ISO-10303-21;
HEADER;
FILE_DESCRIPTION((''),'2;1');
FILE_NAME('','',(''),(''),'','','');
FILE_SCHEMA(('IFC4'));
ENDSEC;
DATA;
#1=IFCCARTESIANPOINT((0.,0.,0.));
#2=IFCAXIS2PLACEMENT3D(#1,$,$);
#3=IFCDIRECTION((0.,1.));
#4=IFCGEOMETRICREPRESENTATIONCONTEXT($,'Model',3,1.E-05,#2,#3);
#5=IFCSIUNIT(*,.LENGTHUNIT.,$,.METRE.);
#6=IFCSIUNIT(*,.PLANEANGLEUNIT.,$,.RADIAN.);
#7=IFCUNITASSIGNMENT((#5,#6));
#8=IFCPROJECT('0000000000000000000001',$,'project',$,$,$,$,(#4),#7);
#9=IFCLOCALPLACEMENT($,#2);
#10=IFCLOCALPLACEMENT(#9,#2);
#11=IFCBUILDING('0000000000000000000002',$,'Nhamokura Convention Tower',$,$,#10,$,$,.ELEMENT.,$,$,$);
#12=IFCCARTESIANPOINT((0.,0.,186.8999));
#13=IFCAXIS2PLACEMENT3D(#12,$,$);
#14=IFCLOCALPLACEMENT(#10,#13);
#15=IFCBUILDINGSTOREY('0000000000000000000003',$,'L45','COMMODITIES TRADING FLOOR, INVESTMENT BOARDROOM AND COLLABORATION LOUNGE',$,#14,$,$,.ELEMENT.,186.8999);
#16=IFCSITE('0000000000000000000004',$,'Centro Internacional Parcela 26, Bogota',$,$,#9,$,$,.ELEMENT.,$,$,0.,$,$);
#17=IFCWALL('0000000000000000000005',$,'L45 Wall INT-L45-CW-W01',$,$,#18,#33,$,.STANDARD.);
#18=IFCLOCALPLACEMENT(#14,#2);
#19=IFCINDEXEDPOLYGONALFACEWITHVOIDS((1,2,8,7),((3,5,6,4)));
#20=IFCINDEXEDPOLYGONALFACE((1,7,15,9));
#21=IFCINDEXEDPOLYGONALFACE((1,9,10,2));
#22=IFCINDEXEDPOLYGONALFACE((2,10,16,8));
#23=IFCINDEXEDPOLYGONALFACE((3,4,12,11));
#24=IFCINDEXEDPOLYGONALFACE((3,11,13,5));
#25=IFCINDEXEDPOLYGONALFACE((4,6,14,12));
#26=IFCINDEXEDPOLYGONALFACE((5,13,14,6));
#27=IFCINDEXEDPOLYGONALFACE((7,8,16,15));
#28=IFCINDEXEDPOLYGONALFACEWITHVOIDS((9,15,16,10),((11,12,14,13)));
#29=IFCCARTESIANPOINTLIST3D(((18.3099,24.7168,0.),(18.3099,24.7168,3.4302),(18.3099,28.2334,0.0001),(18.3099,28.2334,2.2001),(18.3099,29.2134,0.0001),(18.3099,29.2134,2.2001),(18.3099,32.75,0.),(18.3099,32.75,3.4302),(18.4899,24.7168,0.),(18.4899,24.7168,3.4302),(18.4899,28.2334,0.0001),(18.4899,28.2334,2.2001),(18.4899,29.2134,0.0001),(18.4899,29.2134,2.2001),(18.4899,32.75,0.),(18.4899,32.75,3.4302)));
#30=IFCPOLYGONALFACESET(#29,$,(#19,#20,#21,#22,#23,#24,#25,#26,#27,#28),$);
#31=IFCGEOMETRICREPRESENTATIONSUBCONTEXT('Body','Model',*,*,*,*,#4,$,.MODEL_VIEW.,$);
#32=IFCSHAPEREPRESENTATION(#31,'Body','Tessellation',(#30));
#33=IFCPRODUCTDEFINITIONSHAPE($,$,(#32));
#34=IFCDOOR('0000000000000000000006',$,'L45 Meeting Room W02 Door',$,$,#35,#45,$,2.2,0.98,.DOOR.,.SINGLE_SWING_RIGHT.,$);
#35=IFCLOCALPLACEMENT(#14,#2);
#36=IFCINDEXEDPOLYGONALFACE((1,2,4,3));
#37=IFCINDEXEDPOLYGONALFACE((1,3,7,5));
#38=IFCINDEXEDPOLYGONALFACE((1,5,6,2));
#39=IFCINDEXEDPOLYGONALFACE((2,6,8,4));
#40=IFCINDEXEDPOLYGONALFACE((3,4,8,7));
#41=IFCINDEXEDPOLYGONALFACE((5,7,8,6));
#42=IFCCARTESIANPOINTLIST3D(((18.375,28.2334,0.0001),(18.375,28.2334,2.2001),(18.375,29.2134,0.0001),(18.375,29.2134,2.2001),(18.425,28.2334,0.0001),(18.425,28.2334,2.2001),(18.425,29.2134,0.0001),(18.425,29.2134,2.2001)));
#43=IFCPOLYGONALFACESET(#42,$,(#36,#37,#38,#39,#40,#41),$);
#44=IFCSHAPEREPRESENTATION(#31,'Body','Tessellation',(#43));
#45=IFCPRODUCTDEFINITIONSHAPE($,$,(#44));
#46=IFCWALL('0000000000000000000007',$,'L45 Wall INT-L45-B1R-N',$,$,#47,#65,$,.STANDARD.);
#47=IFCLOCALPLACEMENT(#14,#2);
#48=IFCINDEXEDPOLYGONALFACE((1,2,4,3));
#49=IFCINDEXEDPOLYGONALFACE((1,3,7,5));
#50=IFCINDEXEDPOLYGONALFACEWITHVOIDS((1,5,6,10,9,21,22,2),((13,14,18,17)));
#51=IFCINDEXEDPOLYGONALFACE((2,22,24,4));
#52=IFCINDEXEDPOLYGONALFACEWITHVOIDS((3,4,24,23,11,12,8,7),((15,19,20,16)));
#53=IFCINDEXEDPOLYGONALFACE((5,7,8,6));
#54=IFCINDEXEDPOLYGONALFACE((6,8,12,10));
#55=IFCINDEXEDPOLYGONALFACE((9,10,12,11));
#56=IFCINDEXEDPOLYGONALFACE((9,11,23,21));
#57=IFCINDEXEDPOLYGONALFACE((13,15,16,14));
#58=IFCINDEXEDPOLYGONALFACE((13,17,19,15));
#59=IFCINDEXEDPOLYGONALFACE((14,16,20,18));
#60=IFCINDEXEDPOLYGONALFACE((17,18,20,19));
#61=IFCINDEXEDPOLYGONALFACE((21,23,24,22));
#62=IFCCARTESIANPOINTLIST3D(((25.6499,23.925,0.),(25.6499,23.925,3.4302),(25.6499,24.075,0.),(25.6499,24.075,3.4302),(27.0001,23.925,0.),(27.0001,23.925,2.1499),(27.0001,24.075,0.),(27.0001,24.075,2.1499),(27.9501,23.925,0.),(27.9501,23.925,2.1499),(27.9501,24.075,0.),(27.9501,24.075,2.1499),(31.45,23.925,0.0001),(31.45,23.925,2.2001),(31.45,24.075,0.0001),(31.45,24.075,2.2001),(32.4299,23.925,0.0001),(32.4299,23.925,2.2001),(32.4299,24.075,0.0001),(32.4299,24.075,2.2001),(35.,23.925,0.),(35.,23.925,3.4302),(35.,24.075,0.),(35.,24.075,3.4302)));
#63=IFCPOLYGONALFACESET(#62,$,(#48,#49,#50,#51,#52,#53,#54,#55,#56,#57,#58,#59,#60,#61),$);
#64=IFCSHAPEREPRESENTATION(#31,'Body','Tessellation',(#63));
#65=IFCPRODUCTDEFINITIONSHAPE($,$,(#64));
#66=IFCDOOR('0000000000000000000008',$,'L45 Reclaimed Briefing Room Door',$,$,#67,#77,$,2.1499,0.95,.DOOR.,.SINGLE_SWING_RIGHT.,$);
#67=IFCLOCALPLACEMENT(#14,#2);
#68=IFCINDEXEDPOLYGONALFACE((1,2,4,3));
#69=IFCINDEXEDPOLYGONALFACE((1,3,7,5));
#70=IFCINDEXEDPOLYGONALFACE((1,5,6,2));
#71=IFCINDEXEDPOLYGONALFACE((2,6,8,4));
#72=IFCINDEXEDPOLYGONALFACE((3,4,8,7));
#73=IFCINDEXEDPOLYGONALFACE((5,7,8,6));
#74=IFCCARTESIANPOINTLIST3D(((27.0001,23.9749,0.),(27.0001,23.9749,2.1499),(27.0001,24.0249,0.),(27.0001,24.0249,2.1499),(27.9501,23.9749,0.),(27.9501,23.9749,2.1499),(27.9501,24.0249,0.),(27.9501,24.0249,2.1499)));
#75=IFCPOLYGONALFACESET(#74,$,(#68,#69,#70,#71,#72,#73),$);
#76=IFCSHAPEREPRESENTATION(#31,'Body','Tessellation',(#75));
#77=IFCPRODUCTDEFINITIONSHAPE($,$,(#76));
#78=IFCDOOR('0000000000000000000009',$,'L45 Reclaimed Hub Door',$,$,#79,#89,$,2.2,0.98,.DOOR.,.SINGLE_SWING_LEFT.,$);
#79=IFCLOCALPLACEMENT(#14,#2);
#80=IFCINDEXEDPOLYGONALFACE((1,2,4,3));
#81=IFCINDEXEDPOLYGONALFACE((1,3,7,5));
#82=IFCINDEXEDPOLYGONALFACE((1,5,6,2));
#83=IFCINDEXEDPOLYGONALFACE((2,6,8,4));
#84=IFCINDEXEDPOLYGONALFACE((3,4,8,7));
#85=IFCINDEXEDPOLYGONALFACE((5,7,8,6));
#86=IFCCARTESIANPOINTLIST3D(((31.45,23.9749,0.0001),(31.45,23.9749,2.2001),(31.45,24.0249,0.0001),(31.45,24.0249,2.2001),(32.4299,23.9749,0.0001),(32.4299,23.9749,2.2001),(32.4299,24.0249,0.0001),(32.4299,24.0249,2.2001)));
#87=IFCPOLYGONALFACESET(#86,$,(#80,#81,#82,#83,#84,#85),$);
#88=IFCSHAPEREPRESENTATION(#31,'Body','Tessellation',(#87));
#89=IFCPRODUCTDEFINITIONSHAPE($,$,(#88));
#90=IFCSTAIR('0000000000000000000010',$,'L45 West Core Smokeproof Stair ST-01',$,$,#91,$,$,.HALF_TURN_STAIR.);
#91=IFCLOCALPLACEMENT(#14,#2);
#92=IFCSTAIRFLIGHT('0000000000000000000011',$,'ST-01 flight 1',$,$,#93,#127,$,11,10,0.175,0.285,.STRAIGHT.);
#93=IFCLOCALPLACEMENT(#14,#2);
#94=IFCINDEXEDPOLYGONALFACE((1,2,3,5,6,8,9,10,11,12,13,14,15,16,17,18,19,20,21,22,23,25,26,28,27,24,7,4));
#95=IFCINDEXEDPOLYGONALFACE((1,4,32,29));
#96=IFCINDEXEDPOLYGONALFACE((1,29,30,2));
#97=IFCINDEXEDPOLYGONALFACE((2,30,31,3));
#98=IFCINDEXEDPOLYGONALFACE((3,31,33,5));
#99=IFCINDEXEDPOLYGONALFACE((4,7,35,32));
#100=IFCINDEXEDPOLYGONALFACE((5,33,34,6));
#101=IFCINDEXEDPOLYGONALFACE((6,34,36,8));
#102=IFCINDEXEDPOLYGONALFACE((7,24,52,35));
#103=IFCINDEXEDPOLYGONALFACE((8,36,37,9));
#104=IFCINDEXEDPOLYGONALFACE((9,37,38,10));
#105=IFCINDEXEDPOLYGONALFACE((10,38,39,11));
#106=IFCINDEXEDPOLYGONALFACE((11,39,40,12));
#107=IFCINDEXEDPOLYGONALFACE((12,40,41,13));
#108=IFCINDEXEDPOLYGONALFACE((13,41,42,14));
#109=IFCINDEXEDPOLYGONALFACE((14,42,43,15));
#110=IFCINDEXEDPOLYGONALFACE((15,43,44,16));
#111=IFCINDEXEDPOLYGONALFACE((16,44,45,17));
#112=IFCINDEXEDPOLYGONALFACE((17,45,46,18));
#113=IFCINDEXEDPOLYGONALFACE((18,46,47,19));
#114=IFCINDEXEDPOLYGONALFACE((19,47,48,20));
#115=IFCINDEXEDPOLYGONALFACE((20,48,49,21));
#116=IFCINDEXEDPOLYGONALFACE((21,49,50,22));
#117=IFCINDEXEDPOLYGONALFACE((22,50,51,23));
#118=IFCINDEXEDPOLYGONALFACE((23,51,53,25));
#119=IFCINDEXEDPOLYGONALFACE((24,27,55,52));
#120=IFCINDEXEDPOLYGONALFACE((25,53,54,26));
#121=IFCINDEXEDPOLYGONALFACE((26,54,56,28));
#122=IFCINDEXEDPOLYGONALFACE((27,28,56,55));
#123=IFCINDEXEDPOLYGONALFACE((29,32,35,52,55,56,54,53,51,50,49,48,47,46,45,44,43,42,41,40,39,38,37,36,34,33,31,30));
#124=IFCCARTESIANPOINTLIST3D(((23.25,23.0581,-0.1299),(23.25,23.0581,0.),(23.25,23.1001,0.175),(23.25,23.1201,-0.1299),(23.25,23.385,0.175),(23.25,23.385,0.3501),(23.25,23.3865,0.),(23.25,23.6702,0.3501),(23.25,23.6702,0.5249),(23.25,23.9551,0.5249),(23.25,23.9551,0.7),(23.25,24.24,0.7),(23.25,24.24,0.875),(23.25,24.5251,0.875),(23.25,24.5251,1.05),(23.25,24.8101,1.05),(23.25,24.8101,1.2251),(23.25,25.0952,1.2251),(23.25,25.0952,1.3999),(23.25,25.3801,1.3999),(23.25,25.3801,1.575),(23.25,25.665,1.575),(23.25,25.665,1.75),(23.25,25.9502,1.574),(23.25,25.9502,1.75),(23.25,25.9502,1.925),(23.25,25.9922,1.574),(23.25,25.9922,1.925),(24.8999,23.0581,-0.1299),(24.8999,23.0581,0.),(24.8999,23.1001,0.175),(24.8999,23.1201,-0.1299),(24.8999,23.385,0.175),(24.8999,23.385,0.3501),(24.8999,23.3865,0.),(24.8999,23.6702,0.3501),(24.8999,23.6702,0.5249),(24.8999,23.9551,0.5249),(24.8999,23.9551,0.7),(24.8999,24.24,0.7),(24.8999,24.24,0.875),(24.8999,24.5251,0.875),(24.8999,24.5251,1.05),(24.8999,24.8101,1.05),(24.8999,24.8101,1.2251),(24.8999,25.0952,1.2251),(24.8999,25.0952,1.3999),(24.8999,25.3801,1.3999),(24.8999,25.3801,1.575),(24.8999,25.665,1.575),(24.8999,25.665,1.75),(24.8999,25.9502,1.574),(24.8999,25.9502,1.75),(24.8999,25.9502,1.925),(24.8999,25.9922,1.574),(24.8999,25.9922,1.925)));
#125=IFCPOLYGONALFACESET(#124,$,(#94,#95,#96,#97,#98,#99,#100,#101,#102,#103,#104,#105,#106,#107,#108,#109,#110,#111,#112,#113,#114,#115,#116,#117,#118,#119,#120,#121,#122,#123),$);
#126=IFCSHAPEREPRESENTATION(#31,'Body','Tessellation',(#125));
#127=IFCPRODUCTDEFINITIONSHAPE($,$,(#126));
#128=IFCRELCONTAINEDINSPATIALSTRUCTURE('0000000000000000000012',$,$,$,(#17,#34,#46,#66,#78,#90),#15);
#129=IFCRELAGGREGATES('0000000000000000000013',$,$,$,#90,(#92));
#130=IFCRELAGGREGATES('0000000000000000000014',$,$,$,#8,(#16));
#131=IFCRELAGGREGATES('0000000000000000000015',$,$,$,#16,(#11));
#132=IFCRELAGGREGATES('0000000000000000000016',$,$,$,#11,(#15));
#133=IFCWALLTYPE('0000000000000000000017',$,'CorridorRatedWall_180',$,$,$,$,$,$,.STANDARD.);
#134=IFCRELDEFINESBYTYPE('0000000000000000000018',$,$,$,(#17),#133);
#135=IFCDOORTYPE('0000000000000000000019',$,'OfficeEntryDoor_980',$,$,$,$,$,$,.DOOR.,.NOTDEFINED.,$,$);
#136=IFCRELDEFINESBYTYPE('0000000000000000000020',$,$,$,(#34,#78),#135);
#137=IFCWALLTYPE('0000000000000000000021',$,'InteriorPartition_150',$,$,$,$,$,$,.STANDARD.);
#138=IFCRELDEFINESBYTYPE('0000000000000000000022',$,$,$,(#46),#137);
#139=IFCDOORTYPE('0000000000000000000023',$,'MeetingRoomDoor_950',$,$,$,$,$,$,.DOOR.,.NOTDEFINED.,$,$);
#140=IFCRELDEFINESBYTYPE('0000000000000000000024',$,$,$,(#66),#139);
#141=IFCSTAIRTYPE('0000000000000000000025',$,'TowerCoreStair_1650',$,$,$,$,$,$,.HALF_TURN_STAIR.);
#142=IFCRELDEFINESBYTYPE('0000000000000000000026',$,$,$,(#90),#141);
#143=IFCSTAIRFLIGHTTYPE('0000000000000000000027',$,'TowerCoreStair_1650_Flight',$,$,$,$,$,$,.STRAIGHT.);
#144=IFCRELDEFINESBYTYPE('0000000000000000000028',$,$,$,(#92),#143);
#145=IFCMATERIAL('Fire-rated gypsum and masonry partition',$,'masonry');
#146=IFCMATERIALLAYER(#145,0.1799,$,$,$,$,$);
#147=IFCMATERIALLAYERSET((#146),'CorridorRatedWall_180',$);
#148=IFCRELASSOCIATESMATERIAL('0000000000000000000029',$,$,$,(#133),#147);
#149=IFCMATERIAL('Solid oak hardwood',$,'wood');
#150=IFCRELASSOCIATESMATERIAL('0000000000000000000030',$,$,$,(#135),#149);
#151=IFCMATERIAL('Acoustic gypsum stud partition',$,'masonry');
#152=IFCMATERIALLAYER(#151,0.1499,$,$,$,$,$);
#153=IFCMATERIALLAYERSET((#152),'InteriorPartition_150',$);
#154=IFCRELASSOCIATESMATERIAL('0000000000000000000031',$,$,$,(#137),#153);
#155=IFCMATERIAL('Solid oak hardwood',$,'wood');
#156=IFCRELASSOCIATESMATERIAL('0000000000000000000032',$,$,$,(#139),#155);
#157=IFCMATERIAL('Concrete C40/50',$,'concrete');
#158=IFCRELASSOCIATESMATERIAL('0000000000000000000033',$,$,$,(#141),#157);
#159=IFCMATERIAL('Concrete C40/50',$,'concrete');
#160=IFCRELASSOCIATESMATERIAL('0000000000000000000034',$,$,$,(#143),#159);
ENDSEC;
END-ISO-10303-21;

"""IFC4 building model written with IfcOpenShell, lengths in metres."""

from ifc_helpers import new_model, si_unit, direction, frame, frame_2d, origin, place, context, subcontext, project, spatial, polyline, rectangle, outline, extrude, material, layer, layer_set, type_object, element, fill, aggregate, save


model = new_model("IFC4")

# Units and contexts
model_context = context("Model", 3, precision=1e-05, world=origin(), true_north=direction((0.0, 1.0)))
body_context = subcontext(model_context, "Body", "Model", "MODEL_VIEW")
ifc_project = project(units=[si_unit("LENGTHUNIT", "METRE"), si_unit("PLANEANGLEUNIT", "RADIAN")], contexts=[model_context])

# Site, building, storey
site_placement = place(None, origin())
site = spatial("IfcSite", under=ifc_project, at=site_placement, Name="Centro Internacional Parcela 26, Bogota", CompositionType="ELEMENT", RefElevation=0.0)
building_placement = place(site_placement, origin())
building = spatial("IfcBuilding", under=site, at=building_placement, Name="Nhamokura Convention Tower", CompositionType="ELEMENT")
storey_placement = place(building_placement, frame((0.0, 0.0, 186.8999)))
storey = spatial("IfcBuildingStorey", under=building, at=storey_placement, Name="L45", Description="COMMODITIES TRADING FLOOR, INVESTMENT BOARDROOM AND COLLABORATION LOUNGE", CompositionType="ELEMENT", Elevation=186.8999)

# Wall, opening, door
ifc_material_1 = material(Name="Fire-rated gypsum and masonry partition", Category="masonry")
ifc_layer_1 = layer(ifc_material_1, 0.1799)
ifc_layer_set_1 = layer_set([ifc_layer_1], Name="CorridorRatedWall_180")
wall_type_1 = type_object("IfcWallType", Name="CorridorRatedWall_180", PredefinedType="STANDARD", material=ifc_layer_set_1)
ifc_material_2 = material(Name="Solid oak hardwood", Category="wood")
door_type_1 = type_object("IfcDoorType", Name="OfficeEntryDoor_980", OperationType="NOTDEFINED", PredefinedType="DOOR", material=ifc_material_2)
wall_1_placement = place(storey_placement, frame((18.3999, 24.7168, 0.0), z_axis=(0.0, 0.0, 1.0), x_axis=(0.0, 1.0, 0.0)))
wall_1 = element("IfcWall", 1, at=wall_1_placement, inside=storey, type_object=wall_type_1, Name="L45 Wall INT-L45-CW-W01", PredefinedType="STANDARD", context=body_context, shape_type="SweptSolid", body=[
    extrude(rectangle(XDim=8.0332, YDim=0.1799, at=frame_2d((4.0166, 0.0))), origin(), (0.0, 0.0, 1.0), 3.4302),
])
opening_1_placement = place(wall_1_placement, frame((3.5166, 0.0, 0.0)))
opening_1 = element("IfcOpeningElement", 2, at=opening_1_placement, cuts=wall_1, PredefinedType="OPENING", context=body_context, shape_type="SweptSolid", body=[
    extrude(rectangle(XDim=0.98, YDim=2.2, at=frame_2d((0.49, 1.1001))), frame((0.0, 0.0999, 0.0), z_axis=(0.0, -1.0, 0.0), x_axis=(1.0, 0.0, 0.0)), (0.0, 0.0, 1.0), 0.2),
])
door_1_placement = place(opening_1_placement, origin())
door_1 = element("IfcDoor", 3, at=door_1_placement, inside=storey, type_object=door_type_1, Name="L45 Meeting Room W02 Door", OperationType="SINGLE_SWING_RIGHT", OverallHeight=2.2, OverallWidth=0.98, PredefinedType="DOOR", context=body_context, shape_type="SweptSolid", body=[
    extrude(rectangle(XDim=0.98, YDim=2.2, at=frame_2d((0.49, 1.1001))), frame((0.0, 0.0249, 0.0), z_axis=(0.0, -1.0, 0.0), x_axis=(1.0, 0.0, 0.0)), (0.0, 0.0, 1.0), 0.05),
])
fill(opening_1, door_1)

# Wall, openings, doors
ifc_material_3 = material(Name="Acoustic gypsum stud partition", Category="masonry")
ifc_layer_2 = layer(ifc_material_3, 0.1499)
ifc_layer_set_2 = layer_set([ifc_layer_2], Name="InteriorPartition_150")
wall_type_2 = type_object("IfcWallType", Name="InteriorPartition_150", PredefinedType="STANDARD", material=ifc_layer_set_2)
wall_2_placement = place(storey_placement, frame((25.6499, 24.0, 0.0), z_axis=(0.0, 0.0, 1.0), x_axis=(1.0, 0.0, 0.0)))
wall_2 = element("IfcWall", 4, at=wall_2_placement, inside=storey, type_object=wall_type_2, Name="L45 Wall INT-L45-B1R-N", PredefinedType="STANDARD", context=body_context, shape_type="SweptSolid", body=[
    extrude(rectangle(XDim=9.3501, YDim=0.1499, at=frame_2d((4.675, 0.0))), origin(), (0.0, 0.0, 1.0), 3.4302),
])
opening_2_placement = place(wall_2_placement, frame((1.3501, 0.0, 0.0)))
opening_2 = element("IfcOpeningElement", 5, at=opening_2_placement, cuts=wall_2, PredefinedType="OPENING", context=body_context, shape_type="SweptSolid", body=[
    extrude(rectangle(XDim=0.95, YDim=2.1499, at=frame_2d((0.4751, 1.075))), frame((0.0, 0.085, 0.0), z_axis=(0.0, -1.0, 0.0), x_axis=(1.0, 0.0, 0.0)), (0.0, 0.0, 1.0), 0.1699),
])
opening_3_placement = place(wall_2_placement, frame((5.8, 0.0, 0.0)))
opening_3 = element("IfcOpeningElement", 6, at=opening_3_placement, cuts=wall_2, PredefinedType="OPENING", context=body_context, shape_type="SweptSolid", body=[
    extrude(rectangle(XDim=0.98, YDim=2.2, at=frame_2d((0.49, 1.1001))), frame((0.0, 0.085, 0.0), z_axis=(0.0, -1.0, 0.0), x_axis=(1.0, 0.0, 0.0)), (0.0, 0.0, 1.0), 0.1699),
])
ifc_material_4 = material(Name="Solid oak hardwood", Category="wood")
door_type_2 = type_object("IfcDoorType", Name="MeetingRoomDoor_950", OperationType="NOTDEFINED", PredefinedType="DOOR", material=ifc_material_4)
door_2_placement = place(opening_2_placement, origin())
door_2 = element("IfcDoor", 7, at=door_2_placement, inside=storey, type_object=door_type_2, Name="L45 Reclaimed Briefing Room Door", OperationType="SINGLE_SWING_RIGHT", OverallHeight=2.1499, OverallWidth=0.95, PredefinedType="DOOR", context=body_context, shape_type="SweptSolid", body=[
    extrude(rectangle(XDim=0.95, YDim=2.1499, at=frame_2d((0.4751, 1.075))), frame((0.0, 0.0249, 0.0), z_axis=(0.0, -1.0, 0.0), x_axis=(1.0, 0.0, 0.0)), (0.0, 0.0, 1.0), 0.05),
])
fill(opening_2, door_2)
door_3_placement = place(opening_3_placement, origin())
door_3 = element("IfcDoor", 8, at=door_3_placement, inside=storey, type_object=door_type_1, Name="L45 Reclaimed Hub Door", OperationType="SINGLE_SWING_LEFT", OverallHeight=2.2, OverallWidth=0.98, PredefinedType="DOOR", context=body_context, shape_type="SweptSolid", body=[
    extrude(rectangle(XDim=0.98, YDim=2.2, at=frame_2d((0.49, 1.1001))), frame((0.0, 0.0249, 0.0), z_axis=(0.0, -1.0, 0.0), x_axis=(1.0, 0.0, 0.0)), (0.0, 0.0, 1.0), 0.05),
])
fill(opening_3, door_3)

# Stair, stair flight
ifc_material_5 = material(Name="Concrete C40/50", Category="concrete")
stair_type = type_object("IfcStairType", Name="TowerCoreStair_1650", PredefinedType="HALF_TURN_STAIR", material=ifc_material_5)
stair_placement = place(storey_placement, origin())
stair = element("IfcStair", 9, at=stair_placement, inside=storey, type_object=stair_type, Name="L45 West Core Smokeproof Stair ST-01", PredefinedType="HALF_TURN_STAIR")
ifc_material_6 = material(Name="Concrete C40/50", Category="concrete")
stair_flight_type = type_object("IfcStairFlightType", Name="TowerCoreStair_1650_Flight", PredefinedType="STRAIGHT", material=ifc_material_6)
stair_flight_placement = place(storey_placement, frame((24.075, 23.1001, 0.0), z_axis=(0.0, 0.0, 1.0), x_axis=(0.0, 1.0, 0.0)))
stair_flight = element("IfcStairFlight", 10, at=stair_flight_placement, type_object=stair_flight_type, Name="ST-01 flight 1", NumberOfRisers=11, NumberOfTreads=10, PredefinedType="STRAIGHT", RiserHeight=0.175, TreadLength=0.285, context=body_context, shape_type="SweptSolid", body=[
    extrude(outline(polyline([(-0.042, 0.0), (0.0, 0.175), (0.2849, 0.175), (0.2849, 0.3501), (0.5701, 0.3501), (0.5701, 0.5249), (0.855, 0.5249), (0.855, 0.7), (1.1399, 0.7), (1.1399, 0.875), (1.425, 0.875), (1.425, 1.05), (1.71, 1.05), (1.71, 1.2251), (1.9951, 1.2251), (1.9951, 1.3999), (2.28, 1.3999), (2.28, 1.575), (2.5649, 1.575), (2.5649, 1.75), (2.8501, 1.75), (2.8501, 1.925), (2.8921, 1.925), (2.8921, 1.574), (2.8501, 1.574), (0.2864, 0.0), (0.02, -0.1299), (-0.042, -0.1299), (-0.042, 0.0)])), frame((0.0, 0.825, 0.0), z_axis=(0.0, -1.0, 0.0), x_axis=(1.0, 0.0, 0.0)), (0.0, 0.0, 1.0), 1.6499),
])
aggregate(stair, [stair_flight])

save(model, "model.ifc")
